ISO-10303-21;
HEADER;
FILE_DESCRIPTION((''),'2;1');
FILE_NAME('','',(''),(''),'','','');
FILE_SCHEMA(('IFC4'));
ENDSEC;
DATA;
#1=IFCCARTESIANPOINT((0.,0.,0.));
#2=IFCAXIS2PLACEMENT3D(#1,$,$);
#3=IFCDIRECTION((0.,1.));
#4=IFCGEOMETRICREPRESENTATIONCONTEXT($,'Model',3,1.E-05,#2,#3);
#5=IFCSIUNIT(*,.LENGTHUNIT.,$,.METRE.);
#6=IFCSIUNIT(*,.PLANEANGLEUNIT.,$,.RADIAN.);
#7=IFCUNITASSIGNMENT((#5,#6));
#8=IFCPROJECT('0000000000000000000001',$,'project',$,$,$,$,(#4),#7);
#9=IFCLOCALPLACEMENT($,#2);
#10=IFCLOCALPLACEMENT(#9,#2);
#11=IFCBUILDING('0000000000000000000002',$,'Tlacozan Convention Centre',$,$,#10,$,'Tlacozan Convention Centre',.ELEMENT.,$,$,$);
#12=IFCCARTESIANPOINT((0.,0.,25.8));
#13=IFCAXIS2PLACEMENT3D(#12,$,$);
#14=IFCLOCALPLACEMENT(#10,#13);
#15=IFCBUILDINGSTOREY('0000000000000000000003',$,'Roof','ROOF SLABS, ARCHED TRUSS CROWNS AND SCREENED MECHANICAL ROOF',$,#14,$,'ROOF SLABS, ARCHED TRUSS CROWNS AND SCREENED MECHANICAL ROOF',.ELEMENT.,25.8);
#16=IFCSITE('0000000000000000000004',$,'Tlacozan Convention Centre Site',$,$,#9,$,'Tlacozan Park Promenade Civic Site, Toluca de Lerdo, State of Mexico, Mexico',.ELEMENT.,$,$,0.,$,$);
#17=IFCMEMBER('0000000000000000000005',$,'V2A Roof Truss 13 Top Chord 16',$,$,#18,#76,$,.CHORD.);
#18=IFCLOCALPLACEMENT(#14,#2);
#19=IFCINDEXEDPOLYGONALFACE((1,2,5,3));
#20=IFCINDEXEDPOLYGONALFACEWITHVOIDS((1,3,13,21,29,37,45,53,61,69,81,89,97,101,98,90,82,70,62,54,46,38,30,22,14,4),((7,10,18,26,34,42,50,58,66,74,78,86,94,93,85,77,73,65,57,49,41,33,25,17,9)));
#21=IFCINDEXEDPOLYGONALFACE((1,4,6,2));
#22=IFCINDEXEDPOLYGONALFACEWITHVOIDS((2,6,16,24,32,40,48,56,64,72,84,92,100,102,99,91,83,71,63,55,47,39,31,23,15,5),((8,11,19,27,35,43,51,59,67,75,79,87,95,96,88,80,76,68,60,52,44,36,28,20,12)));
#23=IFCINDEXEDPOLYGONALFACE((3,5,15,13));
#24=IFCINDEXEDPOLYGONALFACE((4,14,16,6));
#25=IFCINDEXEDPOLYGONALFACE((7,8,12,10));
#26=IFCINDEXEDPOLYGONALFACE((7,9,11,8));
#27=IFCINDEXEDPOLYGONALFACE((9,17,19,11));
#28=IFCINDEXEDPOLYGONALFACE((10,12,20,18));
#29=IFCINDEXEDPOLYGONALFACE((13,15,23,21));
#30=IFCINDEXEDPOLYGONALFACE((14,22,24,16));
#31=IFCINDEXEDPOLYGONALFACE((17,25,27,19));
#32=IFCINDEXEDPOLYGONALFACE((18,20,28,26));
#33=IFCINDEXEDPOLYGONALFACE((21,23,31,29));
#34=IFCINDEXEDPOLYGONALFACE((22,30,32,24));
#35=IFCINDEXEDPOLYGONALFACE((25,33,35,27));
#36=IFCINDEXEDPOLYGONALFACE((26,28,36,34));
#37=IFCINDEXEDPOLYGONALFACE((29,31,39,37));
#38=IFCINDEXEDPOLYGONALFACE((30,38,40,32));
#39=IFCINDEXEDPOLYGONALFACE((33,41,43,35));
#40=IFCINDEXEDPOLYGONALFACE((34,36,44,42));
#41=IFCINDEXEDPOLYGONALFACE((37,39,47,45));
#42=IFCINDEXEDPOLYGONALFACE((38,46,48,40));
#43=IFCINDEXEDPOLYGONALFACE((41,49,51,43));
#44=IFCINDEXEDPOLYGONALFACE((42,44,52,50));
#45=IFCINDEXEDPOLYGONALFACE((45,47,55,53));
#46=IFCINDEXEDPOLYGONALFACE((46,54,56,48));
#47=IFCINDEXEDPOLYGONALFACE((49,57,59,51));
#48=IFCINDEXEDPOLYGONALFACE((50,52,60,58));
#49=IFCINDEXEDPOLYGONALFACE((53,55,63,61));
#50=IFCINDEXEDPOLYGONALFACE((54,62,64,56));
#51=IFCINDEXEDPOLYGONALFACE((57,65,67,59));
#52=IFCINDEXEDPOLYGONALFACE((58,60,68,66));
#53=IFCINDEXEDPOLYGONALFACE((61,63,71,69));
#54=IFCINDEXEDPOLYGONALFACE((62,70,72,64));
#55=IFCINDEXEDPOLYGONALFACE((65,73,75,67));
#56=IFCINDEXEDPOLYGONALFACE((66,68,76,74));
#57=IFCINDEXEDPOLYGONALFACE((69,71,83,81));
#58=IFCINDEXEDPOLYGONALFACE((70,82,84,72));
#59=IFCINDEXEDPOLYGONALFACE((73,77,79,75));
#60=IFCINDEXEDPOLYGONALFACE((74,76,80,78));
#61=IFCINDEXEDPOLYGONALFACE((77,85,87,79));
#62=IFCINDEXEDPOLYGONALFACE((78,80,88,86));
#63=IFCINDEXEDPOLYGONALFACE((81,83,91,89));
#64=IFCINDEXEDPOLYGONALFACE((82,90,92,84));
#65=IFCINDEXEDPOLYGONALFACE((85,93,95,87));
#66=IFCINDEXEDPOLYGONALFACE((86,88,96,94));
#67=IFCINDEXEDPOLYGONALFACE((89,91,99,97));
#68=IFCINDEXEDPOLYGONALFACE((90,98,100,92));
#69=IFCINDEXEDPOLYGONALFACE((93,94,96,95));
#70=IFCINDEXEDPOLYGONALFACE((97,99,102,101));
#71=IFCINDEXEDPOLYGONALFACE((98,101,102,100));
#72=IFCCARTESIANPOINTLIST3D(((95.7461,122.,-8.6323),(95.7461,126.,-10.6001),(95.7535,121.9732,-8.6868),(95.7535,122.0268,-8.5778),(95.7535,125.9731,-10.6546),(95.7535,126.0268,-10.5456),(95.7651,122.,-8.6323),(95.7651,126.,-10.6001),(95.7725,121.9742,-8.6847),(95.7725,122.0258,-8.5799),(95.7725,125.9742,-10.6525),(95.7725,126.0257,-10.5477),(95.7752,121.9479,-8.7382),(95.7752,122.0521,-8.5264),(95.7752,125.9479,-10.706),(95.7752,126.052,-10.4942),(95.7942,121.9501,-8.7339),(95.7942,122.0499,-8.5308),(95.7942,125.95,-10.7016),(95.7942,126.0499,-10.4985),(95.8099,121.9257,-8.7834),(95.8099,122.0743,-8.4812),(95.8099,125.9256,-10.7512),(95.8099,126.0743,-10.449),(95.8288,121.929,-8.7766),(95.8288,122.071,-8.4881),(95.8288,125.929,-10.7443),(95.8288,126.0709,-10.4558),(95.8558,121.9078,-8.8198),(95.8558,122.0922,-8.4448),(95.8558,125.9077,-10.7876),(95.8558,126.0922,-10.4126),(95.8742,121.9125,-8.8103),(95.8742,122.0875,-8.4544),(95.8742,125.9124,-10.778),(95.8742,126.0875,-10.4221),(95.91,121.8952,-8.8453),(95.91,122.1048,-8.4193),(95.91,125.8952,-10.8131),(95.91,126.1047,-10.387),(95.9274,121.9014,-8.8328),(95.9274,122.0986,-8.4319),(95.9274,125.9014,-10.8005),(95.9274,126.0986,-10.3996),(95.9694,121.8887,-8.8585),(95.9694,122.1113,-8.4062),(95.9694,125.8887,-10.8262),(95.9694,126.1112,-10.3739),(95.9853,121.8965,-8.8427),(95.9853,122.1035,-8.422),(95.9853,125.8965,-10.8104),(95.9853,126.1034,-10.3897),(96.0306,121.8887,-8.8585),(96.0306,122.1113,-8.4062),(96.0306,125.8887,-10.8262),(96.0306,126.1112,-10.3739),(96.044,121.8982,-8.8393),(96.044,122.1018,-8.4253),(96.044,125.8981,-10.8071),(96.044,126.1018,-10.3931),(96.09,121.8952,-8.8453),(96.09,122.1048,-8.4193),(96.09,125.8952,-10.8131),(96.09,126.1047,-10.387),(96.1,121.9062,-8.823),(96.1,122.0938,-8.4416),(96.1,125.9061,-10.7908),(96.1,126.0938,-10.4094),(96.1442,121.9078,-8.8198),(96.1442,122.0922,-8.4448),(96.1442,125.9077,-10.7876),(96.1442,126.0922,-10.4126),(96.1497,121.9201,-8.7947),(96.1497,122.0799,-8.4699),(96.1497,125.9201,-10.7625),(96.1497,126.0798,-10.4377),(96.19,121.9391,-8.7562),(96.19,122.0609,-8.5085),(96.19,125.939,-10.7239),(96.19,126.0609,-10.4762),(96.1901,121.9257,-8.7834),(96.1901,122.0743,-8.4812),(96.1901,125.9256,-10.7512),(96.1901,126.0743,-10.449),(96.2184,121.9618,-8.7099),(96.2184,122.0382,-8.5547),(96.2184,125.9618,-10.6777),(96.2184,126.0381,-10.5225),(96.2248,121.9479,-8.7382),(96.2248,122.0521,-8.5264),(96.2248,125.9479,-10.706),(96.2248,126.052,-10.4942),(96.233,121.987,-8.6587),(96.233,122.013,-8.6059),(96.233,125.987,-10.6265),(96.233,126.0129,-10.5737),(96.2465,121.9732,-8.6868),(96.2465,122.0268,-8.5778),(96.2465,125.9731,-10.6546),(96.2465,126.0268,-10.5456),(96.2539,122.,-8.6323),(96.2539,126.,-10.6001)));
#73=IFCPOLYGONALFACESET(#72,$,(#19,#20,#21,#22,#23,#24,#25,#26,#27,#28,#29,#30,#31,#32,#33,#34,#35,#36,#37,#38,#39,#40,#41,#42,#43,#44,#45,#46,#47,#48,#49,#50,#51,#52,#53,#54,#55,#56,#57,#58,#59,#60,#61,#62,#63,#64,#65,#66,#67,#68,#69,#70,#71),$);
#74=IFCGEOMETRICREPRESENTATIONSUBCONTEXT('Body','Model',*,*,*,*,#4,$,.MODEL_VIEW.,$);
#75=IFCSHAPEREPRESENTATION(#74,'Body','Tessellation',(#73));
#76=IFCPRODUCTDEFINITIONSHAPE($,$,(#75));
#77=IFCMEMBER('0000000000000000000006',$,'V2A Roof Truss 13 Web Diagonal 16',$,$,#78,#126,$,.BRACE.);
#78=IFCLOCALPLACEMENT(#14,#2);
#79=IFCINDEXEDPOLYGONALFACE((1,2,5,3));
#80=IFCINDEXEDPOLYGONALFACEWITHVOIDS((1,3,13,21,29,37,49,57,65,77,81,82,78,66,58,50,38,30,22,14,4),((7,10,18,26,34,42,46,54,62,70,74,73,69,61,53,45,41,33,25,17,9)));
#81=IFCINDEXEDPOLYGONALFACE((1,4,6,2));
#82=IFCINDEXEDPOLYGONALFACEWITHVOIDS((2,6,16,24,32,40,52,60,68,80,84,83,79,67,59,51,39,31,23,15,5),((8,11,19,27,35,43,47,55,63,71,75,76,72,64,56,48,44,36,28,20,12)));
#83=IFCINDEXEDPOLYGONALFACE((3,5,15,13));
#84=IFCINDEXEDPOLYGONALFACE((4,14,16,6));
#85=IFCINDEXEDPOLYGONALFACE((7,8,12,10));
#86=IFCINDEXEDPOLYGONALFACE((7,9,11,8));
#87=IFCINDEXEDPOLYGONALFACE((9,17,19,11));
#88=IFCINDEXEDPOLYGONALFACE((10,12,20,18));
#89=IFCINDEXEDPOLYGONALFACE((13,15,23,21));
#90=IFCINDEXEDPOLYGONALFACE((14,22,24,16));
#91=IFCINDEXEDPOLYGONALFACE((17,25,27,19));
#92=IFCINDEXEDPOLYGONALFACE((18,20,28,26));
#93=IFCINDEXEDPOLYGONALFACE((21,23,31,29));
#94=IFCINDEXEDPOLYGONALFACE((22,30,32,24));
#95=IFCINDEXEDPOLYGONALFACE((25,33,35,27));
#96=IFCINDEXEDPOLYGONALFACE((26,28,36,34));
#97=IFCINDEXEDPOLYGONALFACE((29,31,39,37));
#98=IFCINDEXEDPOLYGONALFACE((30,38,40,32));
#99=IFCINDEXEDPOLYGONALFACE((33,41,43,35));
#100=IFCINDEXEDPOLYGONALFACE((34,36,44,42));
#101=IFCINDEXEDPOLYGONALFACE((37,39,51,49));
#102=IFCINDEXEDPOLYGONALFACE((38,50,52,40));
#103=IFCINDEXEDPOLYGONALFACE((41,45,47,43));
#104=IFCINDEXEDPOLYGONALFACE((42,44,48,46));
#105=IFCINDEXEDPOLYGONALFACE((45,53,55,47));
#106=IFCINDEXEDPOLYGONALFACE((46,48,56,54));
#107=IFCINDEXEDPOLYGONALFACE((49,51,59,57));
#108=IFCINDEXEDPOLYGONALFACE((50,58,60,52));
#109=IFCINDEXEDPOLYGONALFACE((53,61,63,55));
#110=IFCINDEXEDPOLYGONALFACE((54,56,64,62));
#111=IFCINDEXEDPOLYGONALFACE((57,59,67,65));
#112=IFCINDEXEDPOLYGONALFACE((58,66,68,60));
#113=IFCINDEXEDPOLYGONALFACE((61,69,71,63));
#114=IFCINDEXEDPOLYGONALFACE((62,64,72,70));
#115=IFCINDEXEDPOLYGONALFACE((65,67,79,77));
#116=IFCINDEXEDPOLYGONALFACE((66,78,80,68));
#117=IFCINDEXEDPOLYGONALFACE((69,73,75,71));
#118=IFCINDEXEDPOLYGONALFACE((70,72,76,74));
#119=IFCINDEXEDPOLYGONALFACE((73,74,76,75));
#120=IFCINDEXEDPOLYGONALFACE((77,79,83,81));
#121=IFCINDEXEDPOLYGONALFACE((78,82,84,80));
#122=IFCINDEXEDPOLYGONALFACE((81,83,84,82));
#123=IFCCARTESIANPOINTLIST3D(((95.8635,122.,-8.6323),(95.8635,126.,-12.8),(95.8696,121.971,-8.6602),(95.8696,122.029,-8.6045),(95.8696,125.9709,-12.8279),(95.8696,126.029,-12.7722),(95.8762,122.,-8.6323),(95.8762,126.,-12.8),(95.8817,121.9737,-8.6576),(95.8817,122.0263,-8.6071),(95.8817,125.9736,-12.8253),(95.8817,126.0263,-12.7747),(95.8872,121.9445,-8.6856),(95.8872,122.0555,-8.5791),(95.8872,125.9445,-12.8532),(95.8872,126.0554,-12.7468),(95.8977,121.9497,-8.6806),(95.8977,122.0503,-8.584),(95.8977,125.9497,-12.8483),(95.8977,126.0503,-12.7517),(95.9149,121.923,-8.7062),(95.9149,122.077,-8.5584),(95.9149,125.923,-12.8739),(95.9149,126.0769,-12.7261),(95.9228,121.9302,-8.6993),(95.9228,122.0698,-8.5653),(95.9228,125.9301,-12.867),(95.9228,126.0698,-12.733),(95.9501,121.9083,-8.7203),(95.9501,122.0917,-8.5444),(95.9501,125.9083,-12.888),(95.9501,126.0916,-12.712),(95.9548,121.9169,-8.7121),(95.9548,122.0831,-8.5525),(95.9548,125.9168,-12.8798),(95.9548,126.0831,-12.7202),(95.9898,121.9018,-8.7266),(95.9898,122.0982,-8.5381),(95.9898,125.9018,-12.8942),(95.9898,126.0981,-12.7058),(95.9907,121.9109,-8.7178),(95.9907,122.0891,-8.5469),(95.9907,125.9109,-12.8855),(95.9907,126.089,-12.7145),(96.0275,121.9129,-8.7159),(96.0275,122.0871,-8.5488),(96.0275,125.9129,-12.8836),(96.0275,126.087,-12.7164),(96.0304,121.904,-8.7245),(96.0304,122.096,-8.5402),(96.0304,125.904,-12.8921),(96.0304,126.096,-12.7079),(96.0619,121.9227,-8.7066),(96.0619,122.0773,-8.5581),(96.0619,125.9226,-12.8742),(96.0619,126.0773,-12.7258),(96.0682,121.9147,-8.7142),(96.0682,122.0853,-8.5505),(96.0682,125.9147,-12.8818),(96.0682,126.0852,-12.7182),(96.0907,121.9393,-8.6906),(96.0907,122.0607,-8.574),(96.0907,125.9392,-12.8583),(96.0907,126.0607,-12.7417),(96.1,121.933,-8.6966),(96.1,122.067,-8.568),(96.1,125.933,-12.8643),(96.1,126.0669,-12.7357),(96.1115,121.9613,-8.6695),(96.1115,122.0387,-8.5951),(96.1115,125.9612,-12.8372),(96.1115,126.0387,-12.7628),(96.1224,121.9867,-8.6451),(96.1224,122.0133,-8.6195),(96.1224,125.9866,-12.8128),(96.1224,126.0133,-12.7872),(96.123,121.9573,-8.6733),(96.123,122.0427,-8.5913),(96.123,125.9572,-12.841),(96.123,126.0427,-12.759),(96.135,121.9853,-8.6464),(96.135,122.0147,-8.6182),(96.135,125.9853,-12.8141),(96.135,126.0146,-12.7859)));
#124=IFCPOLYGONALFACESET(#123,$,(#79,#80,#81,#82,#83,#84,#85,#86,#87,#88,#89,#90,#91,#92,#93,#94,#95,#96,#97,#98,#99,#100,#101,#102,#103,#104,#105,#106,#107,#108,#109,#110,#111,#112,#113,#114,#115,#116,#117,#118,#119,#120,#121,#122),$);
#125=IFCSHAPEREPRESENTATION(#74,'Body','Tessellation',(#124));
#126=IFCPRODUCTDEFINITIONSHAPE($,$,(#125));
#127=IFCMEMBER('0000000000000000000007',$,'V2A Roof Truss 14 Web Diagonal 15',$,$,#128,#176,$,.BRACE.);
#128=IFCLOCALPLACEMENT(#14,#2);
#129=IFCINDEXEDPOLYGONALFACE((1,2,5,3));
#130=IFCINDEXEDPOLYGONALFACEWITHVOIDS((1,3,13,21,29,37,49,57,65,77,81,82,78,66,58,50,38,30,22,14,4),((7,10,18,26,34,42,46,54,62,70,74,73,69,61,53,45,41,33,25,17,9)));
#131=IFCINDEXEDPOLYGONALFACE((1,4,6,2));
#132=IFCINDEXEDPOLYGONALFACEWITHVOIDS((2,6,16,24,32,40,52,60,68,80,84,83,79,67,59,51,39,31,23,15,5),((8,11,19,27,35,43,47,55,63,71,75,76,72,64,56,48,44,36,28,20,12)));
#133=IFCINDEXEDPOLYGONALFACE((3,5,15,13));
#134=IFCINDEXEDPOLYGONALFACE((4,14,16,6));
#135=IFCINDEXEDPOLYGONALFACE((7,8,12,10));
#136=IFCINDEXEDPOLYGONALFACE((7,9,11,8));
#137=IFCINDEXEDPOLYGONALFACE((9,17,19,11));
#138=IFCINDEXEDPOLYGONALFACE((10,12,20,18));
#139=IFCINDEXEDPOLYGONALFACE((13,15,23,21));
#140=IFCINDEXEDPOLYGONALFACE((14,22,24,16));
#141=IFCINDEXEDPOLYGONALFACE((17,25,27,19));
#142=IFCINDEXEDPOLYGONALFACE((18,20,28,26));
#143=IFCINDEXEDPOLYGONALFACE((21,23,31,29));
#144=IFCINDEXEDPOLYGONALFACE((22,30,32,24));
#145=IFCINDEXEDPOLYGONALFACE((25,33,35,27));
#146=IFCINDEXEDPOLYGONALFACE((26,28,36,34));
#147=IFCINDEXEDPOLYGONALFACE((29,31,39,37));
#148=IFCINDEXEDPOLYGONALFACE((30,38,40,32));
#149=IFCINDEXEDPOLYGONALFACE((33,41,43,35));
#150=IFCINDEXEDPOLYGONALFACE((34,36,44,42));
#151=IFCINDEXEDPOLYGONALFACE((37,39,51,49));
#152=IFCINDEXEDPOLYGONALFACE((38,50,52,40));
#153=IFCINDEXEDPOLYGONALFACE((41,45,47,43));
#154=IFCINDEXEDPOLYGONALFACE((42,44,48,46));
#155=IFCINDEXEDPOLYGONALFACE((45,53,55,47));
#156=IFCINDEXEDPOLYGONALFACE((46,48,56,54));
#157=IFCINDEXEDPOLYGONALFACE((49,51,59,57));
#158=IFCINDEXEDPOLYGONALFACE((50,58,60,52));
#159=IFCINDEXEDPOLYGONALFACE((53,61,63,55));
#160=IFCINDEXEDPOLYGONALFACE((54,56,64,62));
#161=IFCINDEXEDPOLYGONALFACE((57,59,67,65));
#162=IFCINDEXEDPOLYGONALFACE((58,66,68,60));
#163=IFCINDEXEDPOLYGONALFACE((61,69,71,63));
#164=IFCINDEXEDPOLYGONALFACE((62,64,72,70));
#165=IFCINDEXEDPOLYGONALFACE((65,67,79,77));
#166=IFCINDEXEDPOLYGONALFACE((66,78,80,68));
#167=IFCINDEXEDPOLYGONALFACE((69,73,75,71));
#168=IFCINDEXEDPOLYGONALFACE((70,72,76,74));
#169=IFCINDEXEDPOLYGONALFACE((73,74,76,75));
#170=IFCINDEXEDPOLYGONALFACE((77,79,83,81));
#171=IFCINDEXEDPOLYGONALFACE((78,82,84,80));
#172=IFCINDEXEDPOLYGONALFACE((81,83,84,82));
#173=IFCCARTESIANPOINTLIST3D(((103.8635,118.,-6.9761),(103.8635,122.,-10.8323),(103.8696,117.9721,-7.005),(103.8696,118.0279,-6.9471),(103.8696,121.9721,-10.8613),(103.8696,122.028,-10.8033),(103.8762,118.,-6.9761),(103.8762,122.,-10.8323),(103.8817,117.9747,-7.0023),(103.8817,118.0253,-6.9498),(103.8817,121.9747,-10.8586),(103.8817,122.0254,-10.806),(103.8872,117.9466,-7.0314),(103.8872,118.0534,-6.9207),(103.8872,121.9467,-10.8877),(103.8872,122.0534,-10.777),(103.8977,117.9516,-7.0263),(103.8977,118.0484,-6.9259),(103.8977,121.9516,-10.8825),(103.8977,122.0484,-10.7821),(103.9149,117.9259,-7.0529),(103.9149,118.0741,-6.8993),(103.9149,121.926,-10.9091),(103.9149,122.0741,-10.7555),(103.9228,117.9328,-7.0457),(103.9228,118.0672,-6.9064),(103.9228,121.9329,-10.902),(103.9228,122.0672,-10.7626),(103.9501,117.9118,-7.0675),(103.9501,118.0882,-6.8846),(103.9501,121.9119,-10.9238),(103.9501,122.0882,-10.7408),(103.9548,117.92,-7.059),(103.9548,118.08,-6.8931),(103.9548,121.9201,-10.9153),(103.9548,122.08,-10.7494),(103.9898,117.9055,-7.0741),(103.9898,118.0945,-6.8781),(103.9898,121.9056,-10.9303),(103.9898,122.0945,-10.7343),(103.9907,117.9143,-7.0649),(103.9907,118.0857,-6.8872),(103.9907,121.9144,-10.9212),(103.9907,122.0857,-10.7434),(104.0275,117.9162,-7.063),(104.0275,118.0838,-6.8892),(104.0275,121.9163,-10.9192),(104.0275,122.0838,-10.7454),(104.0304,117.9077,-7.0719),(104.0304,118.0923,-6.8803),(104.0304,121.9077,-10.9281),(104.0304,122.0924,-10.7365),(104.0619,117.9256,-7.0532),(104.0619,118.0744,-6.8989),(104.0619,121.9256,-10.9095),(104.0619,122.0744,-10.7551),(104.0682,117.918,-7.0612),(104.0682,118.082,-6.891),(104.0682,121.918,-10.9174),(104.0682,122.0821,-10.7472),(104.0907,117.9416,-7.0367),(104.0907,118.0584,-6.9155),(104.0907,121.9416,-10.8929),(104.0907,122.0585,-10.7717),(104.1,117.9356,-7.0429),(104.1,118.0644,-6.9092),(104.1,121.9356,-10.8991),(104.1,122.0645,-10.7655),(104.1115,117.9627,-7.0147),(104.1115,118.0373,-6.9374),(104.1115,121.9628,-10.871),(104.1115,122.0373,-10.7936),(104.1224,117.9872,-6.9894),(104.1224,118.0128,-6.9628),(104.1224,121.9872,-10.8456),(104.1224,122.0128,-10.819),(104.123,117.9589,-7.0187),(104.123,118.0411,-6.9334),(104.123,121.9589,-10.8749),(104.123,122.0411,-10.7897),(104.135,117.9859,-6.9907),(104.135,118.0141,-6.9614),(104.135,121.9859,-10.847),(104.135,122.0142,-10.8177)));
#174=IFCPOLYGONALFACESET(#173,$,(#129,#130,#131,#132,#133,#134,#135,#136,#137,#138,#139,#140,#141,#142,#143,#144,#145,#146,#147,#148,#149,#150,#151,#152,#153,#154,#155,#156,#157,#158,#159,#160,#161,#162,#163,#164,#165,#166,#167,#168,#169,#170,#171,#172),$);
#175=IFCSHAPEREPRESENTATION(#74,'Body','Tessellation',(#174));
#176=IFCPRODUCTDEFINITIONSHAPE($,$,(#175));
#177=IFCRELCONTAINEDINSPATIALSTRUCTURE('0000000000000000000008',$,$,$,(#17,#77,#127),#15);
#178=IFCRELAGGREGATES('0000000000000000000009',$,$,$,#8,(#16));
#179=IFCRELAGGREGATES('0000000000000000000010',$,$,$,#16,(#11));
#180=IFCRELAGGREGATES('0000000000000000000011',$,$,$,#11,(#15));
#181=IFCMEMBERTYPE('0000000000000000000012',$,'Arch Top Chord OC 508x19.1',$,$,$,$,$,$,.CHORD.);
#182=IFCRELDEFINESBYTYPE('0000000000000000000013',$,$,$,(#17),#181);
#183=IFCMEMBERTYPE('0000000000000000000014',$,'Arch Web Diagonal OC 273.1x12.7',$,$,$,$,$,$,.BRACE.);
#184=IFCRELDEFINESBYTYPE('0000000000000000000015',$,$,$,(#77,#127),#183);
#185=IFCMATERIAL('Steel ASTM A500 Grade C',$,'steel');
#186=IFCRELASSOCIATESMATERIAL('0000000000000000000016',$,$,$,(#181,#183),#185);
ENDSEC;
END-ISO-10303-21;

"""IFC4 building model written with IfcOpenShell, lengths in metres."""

from ifc_helpers import new_model, si_unit, direction, frame, origin, origin_2d, place, context, subcontext, project, spatial, hollow_circle, extrude, material, material_profile, profile_set, type_object, element, save


model = new_model("IFC4")

# Units and contexts
model_context = context("Model", 3, precision=1e-05, world=origin(), true_north=direction((0.0, 1.0)))
body_context = subcontext(model_context, "Body", "Model", "MODEL_VIEW")
ifc_project = project(units=[si_unit("LENGTHUNIT", "METRE"), si_unit("PLANEANGLEUNIT", "RADIAN")], contexts=[model_context])

# Site, building, storey
site_placement = place(None, origin())
site = spatial("IfcSite", under=ifc_project, at=site_placement, Name="Tlacozan Convention Centre Site", LongName="Tlacozan Park Promenade Civic Site, Toluca de Lerdo, State of Mexico, Mexico", CompositionType="ELEMENT", RefElevation=0.0)
building_placement = place(site_placement, origin())
building = spatial("IfcBuilding", under=site, at=building_placement, Name="Tlacozan Convention Centre", LongName="Tlacozan Convention Centre", CompositionType="ELEMENT")
storey_placement = place(building_placement, frame((0.0, 0.0, 25.8)))
storey = spatial("IfcBuildingStorey", under=building, at=storey_placement, Name="Roof", Description="ROOF SLABS, ARCHED TRUSS CROWNS AND SCREENED MECHANICAL ROOF", LongName="ROOF SLABS, ARCHED TRUSS CROWNS AND SCREENED MECHANICAL ROOF", CompositionType="ELEMENT", Elevation=25.8)

# Members
ifc_material_1 = material(Name="Steel ASTM A500 Grade C", Category="steel")
ifc_material_profile_1 = material_profile(ifc_material_1, hollow_circle(Radius=0.2539, WallThickness=0.019, at=origin_2d()), Name="OC 508.0x19.1")
ifc_profile_set_1 = profile_set([ifc_material_profile_1], Name="Steel ASTM A500 Grade C")
member_type_1 = type_object("IfcMemberType", Name="Arch Top Chord OC 508x19.1", PredefinedType="CHORD", material=ifc_profile_set_1)
member_1_placement = place(storey_placement, frame((96.0, 122.0, -8.6323), z_axis=(0.0, 0.8973, -0.441421), x_axis=(-1.0, 0.0, 0.0)))
element("IfcMember", 1, at=member_1_placement, inside=storey, type_object=member_type_1, Name="V2A Roof Truss 13 Top Chord 16", PredefinedType="CHORD", context=body_context, shape_type="SweptSolid", body=[
    extrude(hollow_circle(Radius=0.2539, WallThickness=0.019, at=origin_2d()), origin(), (0.0, 0.0, 1.0), 4.4578),
])
ifc_material_profile_2 = material_profile(ifc_material_1, hollow_circle(Radius=0.1365, WallThickness=0.0127, at=origin_2d()), Name="OC 273.1x12.7")
ifc_profile_set_2 = profile_set([ifc_material_profile_2], Name="Steel ASTM A500 Grade C")
member_type_2 = type_object("IfcMemberType", Name="Arch Web Diagonal OC 273.1x12.7", PredefinedType="BRACE", material=ifc_profile_set_2)
member_2_placement = place(storey_placement, frame((96.0, 122.0, -8.6323), z_axis=(0.0, 0.69244, -0.721475), x_axis=(-1.0, 0.0, 0.0)))
element("IfcMember", 2, at=member_2_placement, inside=storey, type_object=member_type_2, Name="V2A Roof Truss 13 Web Diagonal 16", PredefinedType="BRACE", context=body_context, shape_type="SweptSolid", body=[
    extrude(hollow_circle(Radius=0.1365, WallThickness=0.0127, at=origin_2d()), origin(), (0.0, 0.0, 1.0), 5.7766),
])
member_3_placement = place(storey_placement, frame((104.0, 118.0, -6.9761), z_axis=(0.0, 0.719929, -0.694048), x_axis=(-1.0, 0.0, 0.0)))
element("IfcMember", 3, at=member_3_placement, inside=storey, type_object=member_type_2, Name="V2A Roof Truss 14 Web Diagonal 15", PredefinedType="BRACE", context=body_context, shape_type="SweptSolid", body=[
    extrude(hollow_circle(Radius=0.1365, WallThickness=0.0127, at=origin_2d()), origin(), (0.0, 0.0, 1.0), 5.5562),
])

save(model, "model.ifc")
